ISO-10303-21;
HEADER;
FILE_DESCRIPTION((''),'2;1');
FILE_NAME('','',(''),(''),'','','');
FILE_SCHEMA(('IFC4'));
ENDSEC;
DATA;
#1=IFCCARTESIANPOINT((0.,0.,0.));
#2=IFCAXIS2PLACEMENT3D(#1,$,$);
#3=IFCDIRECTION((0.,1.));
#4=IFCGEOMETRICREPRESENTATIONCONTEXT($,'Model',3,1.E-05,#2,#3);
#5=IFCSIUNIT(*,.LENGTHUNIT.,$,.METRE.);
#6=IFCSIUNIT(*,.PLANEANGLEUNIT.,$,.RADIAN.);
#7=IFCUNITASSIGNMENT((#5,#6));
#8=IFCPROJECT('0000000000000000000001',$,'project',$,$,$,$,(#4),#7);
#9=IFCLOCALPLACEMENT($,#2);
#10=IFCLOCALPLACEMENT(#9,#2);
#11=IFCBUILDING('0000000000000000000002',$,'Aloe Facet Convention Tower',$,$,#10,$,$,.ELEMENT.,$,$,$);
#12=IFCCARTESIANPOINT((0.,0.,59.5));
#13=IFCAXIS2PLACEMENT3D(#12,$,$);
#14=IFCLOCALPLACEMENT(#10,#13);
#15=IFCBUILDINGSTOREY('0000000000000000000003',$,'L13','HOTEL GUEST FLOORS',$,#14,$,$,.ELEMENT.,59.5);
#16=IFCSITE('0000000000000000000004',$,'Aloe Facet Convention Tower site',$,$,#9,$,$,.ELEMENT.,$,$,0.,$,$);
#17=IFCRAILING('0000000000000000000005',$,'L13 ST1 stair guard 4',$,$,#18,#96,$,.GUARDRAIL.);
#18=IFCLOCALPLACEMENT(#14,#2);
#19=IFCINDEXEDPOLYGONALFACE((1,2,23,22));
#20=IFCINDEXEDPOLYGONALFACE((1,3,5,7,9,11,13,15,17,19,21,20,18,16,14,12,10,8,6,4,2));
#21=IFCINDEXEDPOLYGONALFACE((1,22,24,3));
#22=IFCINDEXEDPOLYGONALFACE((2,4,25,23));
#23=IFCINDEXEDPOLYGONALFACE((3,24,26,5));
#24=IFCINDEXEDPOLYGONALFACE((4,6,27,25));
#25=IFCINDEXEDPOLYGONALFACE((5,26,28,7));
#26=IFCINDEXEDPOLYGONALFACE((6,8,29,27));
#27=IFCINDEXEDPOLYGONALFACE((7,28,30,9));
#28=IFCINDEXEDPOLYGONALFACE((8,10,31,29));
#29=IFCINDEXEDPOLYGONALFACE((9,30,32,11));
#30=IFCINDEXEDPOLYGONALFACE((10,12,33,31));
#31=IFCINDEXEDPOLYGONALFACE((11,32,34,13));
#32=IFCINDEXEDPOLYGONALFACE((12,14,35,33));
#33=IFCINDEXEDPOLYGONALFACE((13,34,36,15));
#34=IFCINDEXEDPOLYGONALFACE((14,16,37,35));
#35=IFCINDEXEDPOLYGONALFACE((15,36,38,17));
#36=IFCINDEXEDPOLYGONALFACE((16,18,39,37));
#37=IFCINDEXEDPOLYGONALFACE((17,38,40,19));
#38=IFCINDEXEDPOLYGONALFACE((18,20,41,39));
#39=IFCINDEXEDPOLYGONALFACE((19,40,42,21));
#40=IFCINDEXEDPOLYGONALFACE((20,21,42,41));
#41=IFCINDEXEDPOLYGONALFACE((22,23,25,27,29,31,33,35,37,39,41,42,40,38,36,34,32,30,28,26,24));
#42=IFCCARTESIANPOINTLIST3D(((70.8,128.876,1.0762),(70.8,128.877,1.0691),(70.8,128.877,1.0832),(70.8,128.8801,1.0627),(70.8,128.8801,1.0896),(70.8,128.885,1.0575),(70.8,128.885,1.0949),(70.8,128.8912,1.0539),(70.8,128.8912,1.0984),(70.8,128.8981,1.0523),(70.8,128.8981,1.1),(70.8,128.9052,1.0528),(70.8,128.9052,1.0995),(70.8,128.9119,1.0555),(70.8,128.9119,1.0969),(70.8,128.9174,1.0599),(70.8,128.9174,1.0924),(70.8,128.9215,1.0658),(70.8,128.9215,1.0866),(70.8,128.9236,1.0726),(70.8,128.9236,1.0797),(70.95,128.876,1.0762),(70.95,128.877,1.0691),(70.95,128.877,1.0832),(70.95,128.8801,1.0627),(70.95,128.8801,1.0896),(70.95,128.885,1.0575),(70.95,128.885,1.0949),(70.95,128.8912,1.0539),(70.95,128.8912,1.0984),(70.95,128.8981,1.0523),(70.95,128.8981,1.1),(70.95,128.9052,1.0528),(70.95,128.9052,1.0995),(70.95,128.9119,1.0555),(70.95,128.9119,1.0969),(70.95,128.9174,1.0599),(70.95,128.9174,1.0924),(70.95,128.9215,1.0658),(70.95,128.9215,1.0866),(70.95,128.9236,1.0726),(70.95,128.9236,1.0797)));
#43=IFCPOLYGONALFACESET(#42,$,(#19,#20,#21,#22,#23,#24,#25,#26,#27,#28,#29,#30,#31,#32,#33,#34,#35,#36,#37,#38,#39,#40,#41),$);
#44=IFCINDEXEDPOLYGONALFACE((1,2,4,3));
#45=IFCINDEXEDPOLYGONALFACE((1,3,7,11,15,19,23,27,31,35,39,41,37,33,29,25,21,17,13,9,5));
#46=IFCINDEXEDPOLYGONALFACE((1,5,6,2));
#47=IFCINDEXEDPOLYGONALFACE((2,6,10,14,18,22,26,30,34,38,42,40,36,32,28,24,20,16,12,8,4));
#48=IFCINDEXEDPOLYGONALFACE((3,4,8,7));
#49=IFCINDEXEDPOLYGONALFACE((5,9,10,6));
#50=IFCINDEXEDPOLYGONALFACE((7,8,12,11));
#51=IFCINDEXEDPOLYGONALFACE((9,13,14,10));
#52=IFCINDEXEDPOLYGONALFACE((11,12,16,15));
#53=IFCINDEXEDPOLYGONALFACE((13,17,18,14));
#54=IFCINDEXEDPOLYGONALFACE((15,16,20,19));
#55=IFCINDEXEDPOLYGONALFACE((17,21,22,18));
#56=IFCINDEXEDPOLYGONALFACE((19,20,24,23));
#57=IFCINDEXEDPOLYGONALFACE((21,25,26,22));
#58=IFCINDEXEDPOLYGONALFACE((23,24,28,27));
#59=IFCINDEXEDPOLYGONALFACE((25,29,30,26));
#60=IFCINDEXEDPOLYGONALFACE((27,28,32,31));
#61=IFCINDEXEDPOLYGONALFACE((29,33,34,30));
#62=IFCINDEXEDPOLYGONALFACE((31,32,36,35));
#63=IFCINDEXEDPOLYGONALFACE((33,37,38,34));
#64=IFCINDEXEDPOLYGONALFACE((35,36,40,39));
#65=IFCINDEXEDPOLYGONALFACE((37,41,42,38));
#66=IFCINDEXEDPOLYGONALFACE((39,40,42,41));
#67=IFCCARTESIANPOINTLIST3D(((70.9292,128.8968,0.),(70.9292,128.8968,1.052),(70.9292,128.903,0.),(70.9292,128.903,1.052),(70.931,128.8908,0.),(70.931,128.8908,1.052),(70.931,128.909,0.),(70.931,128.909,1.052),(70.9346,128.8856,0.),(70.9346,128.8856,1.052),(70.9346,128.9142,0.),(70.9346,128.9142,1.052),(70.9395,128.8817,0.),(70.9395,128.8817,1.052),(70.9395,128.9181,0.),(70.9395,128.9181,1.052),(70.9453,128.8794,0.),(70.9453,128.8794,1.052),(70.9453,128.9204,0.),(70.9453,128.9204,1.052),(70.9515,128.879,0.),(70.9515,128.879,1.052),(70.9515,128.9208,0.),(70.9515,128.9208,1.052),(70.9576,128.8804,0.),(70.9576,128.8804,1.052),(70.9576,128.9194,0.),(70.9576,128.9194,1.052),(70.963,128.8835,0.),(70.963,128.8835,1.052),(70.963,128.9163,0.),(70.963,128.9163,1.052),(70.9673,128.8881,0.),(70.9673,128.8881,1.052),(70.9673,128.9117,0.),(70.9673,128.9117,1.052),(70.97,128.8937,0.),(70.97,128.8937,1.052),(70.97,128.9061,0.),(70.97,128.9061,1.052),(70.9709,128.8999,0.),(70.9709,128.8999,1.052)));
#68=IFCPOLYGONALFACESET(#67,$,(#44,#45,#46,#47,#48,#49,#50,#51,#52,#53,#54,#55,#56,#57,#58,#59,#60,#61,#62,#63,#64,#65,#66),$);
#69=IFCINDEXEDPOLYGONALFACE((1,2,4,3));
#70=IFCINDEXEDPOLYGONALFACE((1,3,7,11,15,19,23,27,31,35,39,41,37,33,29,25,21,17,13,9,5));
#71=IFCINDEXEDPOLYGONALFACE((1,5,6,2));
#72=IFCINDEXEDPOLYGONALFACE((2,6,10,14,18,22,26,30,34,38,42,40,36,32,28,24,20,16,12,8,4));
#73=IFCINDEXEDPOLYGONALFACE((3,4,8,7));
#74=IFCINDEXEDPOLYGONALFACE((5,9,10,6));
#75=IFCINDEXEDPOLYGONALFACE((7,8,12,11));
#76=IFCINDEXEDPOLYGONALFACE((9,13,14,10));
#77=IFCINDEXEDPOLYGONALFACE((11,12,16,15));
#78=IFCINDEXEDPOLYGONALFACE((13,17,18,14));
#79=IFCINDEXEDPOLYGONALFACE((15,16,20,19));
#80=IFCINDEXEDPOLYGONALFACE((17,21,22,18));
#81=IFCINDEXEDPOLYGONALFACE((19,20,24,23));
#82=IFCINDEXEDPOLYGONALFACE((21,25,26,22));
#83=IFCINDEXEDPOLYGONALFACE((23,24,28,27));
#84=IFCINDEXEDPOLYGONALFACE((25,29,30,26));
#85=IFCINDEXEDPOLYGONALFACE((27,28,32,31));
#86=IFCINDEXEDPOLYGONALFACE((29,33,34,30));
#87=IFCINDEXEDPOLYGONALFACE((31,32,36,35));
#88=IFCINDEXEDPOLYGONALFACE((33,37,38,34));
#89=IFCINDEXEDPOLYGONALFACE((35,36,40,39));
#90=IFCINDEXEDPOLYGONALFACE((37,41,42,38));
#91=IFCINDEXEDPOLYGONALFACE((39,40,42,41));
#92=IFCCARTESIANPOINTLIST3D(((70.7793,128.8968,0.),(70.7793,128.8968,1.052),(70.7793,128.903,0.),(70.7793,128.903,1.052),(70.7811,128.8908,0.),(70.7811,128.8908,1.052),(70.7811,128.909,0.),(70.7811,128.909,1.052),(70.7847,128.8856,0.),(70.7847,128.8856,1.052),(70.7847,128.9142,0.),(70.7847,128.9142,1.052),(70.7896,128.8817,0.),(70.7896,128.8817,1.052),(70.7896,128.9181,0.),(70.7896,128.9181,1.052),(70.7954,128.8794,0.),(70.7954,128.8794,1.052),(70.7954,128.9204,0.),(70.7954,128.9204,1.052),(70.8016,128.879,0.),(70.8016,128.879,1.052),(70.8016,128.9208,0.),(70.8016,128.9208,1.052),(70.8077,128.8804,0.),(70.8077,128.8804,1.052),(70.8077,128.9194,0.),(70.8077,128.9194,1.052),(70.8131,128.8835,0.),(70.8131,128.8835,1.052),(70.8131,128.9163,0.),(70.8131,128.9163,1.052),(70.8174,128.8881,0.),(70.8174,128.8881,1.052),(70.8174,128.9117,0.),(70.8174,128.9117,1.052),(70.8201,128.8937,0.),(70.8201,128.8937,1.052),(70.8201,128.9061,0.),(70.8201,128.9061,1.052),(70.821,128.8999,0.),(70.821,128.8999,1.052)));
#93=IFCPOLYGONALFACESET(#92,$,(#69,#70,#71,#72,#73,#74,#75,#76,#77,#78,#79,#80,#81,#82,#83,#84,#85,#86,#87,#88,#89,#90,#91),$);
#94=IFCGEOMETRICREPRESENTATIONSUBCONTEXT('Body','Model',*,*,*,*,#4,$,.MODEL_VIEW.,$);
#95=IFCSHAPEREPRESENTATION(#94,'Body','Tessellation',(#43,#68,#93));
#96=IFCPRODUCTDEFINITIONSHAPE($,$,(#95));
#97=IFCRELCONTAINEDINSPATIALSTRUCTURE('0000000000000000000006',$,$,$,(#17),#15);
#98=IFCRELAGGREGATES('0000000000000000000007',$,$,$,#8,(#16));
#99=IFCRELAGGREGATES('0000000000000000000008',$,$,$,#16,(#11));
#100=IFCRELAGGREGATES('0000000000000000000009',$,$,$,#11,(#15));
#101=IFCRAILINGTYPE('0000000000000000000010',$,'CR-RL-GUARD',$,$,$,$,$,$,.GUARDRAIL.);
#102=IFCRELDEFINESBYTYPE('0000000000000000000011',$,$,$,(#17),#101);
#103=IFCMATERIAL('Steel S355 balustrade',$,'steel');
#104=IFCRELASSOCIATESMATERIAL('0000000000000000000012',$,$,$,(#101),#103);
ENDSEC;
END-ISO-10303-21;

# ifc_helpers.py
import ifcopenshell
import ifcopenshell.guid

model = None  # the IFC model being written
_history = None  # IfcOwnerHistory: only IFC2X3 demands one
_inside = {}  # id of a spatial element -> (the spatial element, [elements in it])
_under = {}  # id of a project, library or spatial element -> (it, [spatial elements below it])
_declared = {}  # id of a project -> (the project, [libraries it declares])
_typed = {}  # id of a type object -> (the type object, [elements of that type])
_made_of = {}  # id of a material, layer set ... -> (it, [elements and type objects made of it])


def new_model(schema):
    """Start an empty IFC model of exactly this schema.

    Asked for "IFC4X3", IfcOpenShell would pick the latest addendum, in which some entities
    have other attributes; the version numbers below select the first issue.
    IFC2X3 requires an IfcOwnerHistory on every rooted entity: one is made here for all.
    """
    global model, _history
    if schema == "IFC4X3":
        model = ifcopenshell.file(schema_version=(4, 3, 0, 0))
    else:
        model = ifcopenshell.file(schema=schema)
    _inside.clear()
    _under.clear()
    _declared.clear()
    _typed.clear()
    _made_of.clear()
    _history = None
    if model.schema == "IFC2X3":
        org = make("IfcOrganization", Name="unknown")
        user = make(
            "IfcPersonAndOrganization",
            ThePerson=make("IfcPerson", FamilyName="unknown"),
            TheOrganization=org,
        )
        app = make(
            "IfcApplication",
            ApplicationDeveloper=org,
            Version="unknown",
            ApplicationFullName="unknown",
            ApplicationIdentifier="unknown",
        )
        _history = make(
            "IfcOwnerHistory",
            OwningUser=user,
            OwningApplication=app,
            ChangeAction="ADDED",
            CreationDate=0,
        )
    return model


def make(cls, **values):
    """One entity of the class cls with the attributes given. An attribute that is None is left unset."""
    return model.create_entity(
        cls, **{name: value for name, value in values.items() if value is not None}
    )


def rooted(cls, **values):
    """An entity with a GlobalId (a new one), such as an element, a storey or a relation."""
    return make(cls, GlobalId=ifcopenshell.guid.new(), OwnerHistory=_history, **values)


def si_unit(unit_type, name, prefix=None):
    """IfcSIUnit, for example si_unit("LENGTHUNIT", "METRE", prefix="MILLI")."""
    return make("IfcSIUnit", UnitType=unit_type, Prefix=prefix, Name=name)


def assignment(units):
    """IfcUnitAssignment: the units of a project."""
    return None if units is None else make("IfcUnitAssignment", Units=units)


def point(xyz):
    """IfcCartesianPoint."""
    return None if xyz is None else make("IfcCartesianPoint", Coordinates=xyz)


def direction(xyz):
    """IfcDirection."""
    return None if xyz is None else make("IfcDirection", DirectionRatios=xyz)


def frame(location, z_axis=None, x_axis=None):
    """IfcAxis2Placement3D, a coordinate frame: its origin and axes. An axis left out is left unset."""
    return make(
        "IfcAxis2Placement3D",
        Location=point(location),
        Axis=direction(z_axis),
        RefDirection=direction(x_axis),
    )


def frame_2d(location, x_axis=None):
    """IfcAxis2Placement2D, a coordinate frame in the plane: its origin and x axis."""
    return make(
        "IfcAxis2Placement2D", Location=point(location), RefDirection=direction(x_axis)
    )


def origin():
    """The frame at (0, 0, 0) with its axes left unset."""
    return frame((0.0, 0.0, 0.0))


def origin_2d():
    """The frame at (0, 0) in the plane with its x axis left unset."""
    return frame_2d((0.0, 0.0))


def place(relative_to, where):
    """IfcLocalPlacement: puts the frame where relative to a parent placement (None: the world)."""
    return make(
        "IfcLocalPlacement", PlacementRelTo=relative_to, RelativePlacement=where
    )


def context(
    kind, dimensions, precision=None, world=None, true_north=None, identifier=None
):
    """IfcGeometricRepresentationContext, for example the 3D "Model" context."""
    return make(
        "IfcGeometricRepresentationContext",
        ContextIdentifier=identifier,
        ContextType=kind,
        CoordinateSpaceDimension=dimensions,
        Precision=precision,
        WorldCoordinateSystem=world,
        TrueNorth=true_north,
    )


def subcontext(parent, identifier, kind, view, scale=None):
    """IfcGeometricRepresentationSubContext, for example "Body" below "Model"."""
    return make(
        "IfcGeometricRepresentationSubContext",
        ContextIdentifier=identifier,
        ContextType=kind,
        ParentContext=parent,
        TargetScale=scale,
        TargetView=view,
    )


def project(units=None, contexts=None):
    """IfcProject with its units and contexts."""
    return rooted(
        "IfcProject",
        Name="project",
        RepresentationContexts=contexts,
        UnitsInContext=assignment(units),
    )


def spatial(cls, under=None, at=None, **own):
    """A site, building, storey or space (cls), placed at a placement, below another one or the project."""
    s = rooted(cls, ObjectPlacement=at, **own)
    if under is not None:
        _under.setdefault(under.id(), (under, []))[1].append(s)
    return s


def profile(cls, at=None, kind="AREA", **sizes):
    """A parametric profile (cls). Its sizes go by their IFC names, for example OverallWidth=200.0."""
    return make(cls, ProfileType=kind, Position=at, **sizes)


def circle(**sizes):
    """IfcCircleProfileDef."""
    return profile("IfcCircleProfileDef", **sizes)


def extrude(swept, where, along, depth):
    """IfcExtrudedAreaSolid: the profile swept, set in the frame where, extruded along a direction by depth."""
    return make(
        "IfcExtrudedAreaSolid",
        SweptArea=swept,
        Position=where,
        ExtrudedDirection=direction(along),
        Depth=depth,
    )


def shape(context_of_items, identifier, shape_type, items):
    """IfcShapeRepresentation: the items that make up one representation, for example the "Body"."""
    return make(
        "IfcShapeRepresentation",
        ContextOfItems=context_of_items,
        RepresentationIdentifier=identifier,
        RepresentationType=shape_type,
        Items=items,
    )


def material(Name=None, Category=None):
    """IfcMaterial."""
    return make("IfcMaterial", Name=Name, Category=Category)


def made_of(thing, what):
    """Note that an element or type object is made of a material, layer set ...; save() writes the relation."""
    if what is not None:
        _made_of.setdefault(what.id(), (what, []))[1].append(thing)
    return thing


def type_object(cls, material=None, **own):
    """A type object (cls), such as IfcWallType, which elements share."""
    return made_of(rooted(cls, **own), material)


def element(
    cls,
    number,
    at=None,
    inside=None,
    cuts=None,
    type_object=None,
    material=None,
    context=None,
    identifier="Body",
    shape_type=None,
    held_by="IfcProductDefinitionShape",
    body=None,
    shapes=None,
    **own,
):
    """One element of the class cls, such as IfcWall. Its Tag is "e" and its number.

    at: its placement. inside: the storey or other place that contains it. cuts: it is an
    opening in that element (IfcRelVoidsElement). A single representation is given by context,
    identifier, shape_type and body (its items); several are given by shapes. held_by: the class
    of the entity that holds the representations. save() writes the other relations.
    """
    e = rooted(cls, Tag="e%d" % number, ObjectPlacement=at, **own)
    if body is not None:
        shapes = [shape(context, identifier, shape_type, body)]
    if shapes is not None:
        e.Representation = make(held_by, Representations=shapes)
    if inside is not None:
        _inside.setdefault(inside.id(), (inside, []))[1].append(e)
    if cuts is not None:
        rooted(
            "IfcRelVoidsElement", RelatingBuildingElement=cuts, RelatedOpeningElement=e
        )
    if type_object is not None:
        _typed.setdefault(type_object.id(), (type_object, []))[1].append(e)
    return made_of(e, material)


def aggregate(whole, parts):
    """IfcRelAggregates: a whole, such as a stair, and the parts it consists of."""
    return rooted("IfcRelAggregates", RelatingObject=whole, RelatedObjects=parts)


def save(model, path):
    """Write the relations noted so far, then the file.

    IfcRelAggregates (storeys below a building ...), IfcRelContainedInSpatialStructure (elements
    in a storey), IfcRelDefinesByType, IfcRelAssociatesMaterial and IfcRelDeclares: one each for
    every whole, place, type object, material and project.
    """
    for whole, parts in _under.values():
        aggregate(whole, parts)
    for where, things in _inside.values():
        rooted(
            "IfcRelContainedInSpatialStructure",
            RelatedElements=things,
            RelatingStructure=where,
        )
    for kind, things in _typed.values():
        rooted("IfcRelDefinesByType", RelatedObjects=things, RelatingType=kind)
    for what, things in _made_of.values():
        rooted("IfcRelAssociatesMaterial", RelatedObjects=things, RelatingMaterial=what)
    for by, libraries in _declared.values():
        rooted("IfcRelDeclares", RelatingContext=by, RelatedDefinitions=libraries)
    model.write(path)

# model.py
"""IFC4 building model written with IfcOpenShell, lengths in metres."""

from ifc_helpers import new_model, si_unit, direction, frame, origin, origin_2d, place, context, subcontext, project, spatial, circle, extrude, material, type_object, element, save


model = new_model("IFC4")

# Units and contexts
model_context = context("Model", 3, precision=1e-05, world=origin(), true_north=direction((0.0, 1.0)))
body_context = subcontext(model_context, "Body", "Model", "MODEL_VIEW")
ifc_project = project(units=[si_unit("LENGTHUNIT", "METRE"), si_unit("PLANEANGLEUNIT", "RADIAN")], contexts=[model_context])

# Site, building, storey
site_placement = place(None, origin())
site = spatial("IfcSite", under=ifc_project, at=site_placement, Name="Aloe Facet Convention Tower site", CompositionType="ELEMENT", RefElevation=0.0)
building_placement = place(site_placement, origin())
building = spatial("IfcBuilding", under=site, at=building_placement, Name="Aloe Facet Convention Tower", CompositionType="ELEMENT")
storey_placement = place(building_placement, frame((0.0, 0.0, 59.5)))
storey = spatial("IfcBuildingStorey", under=building, at=storey_placement, Name="L13", Description="HOTEL GUEST FLOORS", CompositionType="ELEMENT", Elevation=59.5)

# Railing
ifc_material_1 = material(Name="Steel S355 balustrade", Category="steel")
railing_type_1 = type_object("IfcRailingType", Name="CR-RL-GUARD", PredefinedType="GUARDRAIL", material=ifc_material_1)
railing_1_placement = place(storey_placement, frame((70.95, 128.8999, 0.0)))
element("IfcRailing", 1, at=railing_1_placement, inside=storey, type_object=railing_type_1, Name="L13 ST1 stair guard 4", PredefinedType="GUARDRAIL", context=body_context, shape_type="SweptSolid", body=[
    extrude(circle(Radius=0.0239, at=origin_2d()), frame((0.0, 0.0, 1.0762), z_axis=(-1.0, 0.0, 0.0), x_axis=(0.0, -1.0, 0.0)), (0.0, 0.0, 1.0), 0.1499),
    extrude(circle(Radius=0.021, at=origin_2d()), origin(), (0.0, 0.0, 1.0), 1.052),
    extrude(circle(Radius=0.021, at=origin_2d()), frame((-0.1499, 0.0, 0.0)), (0.0, 0.0, 1.0), 1.052),
])

save(model, "model.ifc")
